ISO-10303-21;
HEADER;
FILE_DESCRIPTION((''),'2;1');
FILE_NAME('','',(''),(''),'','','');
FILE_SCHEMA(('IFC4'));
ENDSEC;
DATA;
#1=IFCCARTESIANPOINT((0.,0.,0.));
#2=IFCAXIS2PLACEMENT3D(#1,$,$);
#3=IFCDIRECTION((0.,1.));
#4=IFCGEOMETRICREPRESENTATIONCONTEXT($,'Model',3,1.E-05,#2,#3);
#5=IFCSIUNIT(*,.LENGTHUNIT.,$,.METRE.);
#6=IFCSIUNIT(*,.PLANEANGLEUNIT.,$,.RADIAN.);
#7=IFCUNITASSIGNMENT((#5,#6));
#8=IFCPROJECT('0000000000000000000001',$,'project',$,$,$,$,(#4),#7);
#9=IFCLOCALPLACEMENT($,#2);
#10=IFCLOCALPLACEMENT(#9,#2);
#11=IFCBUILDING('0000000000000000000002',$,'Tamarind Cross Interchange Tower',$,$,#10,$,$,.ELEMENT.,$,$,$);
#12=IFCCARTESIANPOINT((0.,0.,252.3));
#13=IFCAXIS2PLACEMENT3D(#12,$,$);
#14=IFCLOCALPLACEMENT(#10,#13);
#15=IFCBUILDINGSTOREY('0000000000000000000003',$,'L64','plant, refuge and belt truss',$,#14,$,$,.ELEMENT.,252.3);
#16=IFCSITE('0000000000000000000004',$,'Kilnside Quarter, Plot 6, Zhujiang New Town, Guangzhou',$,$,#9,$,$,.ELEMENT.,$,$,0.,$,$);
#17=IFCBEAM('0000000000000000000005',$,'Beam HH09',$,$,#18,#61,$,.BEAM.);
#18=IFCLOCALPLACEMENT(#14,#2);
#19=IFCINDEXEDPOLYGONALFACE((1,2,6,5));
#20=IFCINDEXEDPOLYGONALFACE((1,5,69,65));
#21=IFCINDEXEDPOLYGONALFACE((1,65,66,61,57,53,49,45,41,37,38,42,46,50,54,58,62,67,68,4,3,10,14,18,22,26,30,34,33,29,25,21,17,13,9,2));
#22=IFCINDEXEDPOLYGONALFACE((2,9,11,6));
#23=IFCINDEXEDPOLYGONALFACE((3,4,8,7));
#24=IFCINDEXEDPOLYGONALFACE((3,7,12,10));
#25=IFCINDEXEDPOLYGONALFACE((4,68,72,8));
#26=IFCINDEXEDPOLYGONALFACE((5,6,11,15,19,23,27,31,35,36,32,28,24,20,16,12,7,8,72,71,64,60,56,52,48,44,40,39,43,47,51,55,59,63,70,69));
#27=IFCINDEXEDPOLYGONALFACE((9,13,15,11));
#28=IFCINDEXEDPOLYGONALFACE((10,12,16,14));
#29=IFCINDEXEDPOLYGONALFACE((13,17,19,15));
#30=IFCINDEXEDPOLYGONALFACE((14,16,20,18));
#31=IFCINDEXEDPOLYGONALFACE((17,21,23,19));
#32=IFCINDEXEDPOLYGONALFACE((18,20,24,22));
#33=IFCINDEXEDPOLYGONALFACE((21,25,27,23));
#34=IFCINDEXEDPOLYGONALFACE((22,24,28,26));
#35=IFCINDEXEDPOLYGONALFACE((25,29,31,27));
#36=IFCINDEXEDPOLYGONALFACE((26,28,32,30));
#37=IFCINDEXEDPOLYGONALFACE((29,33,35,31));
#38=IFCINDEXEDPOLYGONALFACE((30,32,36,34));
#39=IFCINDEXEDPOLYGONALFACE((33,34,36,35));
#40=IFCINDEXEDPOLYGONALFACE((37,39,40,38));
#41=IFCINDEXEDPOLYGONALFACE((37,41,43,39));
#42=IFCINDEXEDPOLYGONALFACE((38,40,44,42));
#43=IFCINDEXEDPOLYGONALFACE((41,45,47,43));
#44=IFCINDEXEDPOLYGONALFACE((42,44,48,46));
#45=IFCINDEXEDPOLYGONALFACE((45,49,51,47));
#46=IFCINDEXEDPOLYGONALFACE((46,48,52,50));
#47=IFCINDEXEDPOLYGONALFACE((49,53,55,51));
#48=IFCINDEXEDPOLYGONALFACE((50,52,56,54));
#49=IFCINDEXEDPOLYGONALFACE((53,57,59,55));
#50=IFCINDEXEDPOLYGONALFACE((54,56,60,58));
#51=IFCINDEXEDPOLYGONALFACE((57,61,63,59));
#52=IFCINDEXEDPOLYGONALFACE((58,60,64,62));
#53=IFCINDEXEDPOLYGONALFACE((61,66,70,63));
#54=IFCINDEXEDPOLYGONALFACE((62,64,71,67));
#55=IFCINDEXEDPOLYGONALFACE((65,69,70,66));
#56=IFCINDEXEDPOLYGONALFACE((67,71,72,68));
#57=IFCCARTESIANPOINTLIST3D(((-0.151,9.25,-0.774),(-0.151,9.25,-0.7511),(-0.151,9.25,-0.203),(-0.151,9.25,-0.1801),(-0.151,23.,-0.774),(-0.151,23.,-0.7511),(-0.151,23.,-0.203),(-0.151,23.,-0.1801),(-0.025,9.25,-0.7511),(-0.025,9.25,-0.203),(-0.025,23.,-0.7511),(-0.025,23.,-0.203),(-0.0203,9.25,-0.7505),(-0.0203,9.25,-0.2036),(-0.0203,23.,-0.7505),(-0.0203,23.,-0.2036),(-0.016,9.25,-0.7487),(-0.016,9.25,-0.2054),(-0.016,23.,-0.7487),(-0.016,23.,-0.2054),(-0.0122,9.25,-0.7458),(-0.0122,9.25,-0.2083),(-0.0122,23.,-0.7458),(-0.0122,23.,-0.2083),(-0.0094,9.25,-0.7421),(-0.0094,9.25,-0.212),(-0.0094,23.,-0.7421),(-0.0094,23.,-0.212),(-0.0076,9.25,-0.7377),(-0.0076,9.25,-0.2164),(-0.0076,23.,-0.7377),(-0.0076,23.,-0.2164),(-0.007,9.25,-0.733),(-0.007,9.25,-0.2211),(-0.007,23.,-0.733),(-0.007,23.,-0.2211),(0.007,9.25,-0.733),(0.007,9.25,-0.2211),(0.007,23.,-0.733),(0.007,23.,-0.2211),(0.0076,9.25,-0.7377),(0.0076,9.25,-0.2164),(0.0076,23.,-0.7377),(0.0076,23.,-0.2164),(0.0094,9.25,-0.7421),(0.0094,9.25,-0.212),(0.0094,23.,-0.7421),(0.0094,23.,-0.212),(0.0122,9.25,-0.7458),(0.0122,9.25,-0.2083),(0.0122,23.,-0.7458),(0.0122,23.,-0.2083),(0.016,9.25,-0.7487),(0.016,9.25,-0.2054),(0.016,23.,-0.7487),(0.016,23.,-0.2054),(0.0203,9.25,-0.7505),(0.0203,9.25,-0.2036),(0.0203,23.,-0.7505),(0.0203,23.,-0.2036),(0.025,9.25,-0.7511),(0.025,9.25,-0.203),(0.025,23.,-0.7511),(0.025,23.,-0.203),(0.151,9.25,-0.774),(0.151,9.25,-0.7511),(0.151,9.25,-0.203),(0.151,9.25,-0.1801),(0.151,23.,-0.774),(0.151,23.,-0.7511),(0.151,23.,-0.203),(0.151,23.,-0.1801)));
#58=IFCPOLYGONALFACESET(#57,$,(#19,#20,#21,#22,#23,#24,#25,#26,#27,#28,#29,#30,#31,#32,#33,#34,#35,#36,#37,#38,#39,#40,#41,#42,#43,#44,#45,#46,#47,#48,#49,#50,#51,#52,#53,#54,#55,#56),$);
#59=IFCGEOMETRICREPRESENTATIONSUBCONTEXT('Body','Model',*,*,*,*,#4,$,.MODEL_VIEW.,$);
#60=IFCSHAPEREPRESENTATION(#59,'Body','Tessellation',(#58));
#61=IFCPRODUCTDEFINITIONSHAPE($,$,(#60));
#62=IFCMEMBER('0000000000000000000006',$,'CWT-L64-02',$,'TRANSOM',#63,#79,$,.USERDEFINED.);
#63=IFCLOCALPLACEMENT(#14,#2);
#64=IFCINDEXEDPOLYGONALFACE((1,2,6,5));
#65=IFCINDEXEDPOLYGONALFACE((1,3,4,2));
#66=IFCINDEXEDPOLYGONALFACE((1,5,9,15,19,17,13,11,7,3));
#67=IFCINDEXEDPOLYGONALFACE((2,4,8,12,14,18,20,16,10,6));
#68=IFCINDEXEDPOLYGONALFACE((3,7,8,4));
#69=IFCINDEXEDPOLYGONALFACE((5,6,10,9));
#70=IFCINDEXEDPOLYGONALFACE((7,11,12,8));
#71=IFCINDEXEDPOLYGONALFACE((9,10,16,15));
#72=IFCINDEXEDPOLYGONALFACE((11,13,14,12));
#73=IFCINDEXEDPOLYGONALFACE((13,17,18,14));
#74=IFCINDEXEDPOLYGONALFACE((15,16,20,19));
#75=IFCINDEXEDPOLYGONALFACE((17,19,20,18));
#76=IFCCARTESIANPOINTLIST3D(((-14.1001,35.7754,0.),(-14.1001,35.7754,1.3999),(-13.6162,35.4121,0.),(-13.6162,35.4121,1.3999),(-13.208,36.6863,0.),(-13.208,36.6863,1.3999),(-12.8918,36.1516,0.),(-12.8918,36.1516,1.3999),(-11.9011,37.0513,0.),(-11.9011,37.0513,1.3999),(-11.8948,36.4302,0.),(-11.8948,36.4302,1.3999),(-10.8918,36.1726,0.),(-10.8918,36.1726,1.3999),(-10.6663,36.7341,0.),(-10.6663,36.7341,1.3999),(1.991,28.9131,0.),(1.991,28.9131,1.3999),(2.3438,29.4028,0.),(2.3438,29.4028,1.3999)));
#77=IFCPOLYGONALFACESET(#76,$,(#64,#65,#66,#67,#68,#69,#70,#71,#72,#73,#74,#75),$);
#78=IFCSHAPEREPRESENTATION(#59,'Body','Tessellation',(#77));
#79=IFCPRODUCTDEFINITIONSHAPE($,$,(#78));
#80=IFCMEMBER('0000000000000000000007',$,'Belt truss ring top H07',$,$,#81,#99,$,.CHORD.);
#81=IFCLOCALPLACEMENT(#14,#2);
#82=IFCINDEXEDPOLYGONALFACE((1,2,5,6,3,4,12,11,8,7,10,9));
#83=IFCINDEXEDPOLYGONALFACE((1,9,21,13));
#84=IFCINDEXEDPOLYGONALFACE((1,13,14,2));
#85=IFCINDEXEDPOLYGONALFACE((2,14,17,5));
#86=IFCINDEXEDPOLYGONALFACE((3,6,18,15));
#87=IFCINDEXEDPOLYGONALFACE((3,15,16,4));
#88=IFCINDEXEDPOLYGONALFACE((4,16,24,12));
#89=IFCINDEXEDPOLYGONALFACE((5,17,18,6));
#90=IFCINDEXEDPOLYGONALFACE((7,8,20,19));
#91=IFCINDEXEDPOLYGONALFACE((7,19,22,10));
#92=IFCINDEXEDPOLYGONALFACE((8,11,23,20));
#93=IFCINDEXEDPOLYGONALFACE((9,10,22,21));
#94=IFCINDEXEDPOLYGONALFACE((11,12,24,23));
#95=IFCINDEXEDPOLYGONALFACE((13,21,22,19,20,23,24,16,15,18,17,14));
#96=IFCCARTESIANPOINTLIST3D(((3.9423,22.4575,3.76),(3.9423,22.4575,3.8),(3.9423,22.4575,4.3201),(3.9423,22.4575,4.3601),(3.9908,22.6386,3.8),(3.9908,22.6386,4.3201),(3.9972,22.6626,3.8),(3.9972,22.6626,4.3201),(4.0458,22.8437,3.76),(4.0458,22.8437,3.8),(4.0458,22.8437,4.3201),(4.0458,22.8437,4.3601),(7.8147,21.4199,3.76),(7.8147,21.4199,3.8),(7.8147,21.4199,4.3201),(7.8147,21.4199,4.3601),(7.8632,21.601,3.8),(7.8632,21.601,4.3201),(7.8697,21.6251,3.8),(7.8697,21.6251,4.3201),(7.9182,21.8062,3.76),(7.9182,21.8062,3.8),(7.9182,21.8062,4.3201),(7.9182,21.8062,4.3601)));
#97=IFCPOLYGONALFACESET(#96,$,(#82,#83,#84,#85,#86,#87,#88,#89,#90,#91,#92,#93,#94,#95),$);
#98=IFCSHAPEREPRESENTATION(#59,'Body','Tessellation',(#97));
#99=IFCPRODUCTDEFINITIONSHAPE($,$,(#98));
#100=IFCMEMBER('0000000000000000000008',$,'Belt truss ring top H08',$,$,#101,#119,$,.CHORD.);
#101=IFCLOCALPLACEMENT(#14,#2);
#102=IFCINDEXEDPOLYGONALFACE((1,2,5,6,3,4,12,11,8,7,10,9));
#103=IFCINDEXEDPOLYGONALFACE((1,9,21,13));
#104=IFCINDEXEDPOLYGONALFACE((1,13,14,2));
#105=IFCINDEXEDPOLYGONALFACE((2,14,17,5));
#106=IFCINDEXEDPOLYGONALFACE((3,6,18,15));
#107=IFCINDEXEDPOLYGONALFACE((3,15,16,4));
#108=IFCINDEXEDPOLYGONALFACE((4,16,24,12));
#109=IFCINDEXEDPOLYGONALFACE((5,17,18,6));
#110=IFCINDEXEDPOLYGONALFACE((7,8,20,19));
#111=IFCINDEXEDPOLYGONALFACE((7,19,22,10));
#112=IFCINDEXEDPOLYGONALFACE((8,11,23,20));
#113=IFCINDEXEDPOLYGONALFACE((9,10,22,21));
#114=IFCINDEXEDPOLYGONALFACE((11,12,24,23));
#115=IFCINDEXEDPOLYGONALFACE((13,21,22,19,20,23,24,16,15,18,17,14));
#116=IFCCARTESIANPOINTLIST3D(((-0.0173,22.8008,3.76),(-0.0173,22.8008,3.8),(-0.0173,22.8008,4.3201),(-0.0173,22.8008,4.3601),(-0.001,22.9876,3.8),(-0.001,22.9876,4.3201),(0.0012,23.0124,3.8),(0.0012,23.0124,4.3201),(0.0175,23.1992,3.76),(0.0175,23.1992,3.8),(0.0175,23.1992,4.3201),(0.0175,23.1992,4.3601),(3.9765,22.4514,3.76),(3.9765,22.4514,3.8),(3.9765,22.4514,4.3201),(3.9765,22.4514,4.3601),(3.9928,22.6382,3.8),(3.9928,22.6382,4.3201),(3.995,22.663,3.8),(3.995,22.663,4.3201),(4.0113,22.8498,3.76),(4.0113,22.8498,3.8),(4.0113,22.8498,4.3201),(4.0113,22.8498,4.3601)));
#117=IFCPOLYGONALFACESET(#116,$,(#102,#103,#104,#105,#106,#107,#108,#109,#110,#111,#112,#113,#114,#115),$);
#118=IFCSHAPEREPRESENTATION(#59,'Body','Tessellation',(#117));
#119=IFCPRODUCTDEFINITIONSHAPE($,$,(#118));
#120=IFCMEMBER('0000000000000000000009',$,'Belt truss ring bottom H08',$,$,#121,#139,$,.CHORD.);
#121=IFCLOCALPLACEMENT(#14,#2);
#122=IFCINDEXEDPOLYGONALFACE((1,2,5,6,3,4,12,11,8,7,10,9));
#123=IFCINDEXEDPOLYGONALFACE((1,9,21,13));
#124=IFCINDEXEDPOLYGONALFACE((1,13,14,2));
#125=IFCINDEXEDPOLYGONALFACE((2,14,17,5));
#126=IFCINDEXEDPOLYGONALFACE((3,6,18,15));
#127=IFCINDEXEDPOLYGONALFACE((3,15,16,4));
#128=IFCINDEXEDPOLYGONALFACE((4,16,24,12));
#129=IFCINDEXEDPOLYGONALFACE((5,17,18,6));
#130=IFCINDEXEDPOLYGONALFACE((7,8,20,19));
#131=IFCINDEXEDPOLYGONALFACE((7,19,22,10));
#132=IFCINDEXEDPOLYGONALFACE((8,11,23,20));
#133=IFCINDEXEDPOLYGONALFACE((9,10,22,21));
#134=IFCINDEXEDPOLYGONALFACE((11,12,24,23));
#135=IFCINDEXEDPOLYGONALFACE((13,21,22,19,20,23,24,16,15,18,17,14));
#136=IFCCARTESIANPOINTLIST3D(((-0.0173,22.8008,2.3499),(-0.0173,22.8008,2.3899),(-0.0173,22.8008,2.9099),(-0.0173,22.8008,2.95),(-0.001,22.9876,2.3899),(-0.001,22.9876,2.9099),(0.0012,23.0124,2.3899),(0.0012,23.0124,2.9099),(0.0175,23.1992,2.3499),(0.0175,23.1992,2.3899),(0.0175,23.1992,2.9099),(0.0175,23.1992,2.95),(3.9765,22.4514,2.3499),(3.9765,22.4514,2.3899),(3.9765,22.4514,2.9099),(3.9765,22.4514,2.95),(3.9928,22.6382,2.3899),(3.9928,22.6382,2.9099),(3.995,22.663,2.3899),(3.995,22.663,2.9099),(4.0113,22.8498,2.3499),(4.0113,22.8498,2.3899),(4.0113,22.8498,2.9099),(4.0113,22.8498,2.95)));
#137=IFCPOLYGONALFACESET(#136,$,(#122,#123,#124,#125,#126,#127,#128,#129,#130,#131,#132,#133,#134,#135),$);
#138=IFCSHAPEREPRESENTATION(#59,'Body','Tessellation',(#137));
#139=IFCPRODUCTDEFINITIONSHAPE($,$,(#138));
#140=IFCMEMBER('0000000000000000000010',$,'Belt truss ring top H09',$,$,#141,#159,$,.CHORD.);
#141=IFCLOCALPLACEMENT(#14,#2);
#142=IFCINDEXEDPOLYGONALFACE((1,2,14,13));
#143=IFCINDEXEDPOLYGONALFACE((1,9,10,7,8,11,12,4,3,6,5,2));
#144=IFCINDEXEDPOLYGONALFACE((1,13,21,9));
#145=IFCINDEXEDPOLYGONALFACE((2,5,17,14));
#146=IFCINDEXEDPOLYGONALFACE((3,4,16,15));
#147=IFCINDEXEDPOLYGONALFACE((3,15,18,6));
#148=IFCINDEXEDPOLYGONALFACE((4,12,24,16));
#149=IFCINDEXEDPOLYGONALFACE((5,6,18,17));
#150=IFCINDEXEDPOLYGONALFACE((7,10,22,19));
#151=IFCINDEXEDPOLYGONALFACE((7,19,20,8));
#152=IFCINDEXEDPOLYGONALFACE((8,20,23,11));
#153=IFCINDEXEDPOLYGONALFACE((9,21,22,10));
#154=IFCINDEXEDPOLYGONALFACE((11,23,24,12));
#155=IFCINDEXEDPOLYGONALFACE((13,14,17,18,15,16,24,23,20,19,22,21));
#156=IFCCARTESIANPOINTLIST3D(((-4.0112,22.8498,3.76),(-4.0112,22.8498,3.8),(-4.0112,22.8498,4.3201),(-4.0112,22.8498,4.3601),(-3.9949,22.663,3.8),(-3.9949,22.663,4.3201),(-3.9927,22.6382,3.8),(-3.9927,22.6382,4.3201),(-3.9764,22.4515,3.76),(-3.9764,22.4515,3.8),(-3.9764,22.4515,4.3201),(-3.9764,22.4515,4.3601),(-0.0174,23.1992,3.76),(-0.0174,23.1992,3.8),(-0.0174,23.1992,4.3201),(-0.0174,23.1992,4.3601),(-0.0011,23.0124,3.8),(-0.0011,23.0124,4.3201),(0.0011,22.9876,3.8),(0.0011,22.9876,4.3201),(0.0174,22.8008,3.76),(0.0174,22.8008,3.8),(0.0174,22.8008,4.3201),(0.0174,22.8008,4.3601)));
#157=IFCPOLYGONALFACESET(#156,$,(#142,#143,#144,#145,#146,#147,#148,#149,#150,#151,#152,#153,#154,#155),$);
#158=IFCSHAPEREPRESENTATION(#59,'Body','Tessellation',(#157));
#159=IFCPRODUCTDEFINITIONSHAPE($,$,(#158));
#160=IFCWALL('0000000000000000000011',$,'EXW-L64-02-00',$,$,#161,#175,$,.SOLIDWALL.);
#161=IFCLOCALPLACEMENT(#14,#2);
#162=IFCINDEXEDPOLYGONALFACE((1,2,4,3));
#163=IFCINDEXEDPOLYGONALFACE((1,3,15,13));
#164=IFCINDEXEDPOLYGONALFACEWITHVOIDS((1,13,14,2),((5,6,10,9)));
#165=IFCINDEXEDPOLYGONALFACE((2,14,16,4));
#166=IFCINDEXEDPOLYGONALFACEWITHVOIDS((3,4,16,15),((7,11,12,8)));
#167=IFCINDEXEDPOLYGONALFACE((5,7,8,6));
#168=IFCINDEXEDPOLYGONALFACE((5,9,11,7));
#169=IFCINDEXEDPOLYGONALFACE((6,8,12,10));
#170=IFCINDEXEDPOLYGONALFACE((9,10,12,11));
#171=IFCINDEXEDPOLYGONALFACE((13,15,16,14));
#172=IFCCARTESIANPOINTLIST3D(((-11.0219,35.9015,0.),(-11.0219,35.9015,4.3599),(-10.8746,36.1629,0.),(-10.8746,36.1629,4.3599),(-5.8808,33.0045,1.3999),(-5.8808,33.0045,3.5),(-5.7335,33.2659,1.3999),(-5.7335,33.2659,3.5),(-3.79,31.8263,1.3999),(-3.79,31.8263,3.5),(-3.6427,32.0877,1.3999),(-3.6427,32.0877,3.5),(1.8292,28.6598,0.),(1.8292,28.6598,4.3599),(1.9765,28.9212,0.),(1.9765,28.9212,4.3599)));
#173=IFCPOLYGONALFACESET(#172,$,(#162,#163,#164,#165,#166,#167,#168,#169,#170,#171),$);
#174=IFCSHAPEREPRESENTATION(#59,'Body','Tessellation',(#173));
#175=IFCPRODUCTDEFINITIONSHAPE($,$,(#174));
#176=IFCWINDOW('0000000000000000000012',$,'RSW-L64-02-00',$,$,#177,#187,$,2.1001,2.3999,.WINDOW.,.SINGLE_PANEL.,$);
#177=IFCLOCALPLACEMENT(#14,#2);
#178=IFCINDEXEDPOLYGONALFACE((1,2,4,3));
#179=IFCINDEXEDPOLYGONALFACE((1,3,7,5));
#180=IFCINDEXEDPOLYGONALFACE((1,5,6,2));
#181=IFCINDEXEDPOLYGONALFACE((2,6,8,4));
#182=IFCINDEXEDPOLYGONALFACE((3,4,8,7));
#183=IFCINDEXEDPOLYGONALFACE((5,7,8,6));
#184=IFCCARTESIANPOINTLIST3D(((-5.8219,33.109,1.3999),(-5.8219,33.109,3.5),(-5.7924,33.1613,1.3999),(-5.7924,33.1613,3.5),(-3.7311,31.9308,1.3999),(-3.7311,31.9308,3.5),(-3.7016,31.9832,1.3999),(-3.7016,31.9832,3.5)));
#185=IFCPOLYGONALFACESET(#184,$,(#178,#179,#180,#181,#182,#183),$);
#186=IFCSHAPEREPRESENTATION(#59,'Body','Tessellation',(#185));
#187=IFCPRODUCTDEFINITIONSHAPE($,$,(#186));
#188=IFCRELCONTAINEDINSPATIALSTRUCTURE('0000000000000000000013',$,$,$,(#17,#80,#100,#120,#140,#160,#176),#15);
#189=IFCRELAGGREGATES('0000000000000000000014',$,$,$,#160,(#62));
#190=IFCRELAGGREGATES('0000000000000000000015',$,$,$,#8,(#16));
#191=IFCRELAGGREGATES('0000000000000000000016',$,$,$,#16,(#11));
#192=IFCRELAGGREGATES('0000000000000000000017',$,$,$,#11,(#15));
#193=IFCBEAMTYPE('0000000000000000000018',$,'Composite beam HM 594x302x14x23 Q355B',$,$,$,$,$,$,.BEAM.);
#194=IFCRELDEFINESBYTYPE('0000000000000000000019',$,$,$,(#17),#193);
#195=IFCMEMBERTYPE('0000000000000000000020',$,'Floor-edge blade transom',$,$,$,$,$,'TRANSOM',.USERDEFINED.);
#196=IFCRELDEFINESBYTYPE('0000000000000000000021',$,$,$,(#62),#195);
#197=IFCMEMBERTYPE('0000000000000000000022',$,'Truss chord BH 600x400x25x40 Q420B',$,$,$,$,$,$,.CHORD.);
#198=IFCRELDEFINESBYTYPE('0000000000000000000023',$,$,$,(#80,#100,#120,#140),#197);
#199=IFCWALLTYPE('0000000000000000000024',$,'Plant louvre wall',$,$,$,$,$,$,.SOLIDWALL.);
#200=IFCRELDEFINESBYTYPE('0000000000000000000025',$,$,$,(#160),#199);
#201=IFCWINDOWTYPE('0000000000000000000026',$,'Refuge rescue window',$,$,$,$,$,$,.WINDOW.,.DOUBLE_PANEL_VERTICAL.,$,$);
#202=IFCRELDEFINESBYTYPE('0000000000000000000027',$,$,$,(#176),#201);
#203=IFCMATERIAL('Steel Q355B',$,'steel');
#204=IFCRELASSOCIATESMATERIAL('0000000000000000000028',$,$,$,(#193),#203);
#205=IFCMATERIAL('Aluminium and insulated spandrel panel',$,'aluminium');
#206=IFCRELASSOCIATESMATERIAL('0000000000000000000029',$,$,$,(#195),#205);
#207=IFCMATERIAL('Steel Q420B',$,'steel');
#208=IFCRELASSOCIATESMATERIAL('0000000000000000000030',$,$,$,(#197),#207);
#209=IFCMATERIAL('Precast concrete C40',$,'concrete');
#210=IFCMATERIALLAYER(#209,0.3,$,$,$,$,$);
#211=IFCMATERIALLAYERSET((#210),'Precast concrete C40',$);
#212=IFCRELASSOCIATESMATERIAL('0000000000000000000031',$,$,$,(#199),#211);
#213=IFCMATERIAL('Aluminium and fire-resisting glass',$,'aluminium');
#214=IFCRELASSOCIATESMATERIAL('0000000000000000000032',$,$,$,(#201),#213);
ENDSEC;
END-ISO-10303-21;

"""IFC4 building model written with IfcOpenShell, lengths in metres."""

from ifc_helpers import new_model, si_unit, direction, frame, frame_2d, origin, origin_2d, place, context, subcontext, project, spatial, polyline, rectangle, i_section, outline, extrude, material, layer, layer_set, material_profile, profile_set, type_object, element, fill, aggregate, save


model = new_model("IFC4")

# Units and contexts
model_context = context("Model", 3, precision=1e-05, world=origin(), true_north=direction((0.0, 1.0)))
body_context = subcontext(model_context, "Body", "Model", "MODEL_VIEW")
ifc_project = project(units=[si_unit("LENGTHUNIT", "METRE"), si_unit("PLANEANGLEUNIT", "RADIAN")], contexts=[model_context])

# Site, building, storey
site_placement = place(None, origin())
site = spatial("IfcSite", under=ifc_project, at=site_placement, Name="Kilnside Quarter, Plot 6, Zhujiang New Town, Guangzhou", CompositionType="ELEMENT", RefElevation=0.0)
building_placement = place(site_placement, origin())
building = spatial("IfcBuilding", under=site, at=building_placement, Name="Tamarind Cross Interchange Tower", CompositionType="ELEMENT")
storey_placement = place(building_placement, frame((0.0, 0.0, 252.3)))
storey = spatial("IfcBuildingStorey", under=building, at=storey_placement, Name="L64", Description="plant, refuge and belt truss", CompositionType="ELEMENT", Elevation=252.3)

# Beam
ifc_material_1 = material(Name="Steel Q355B", Category="steel")
ifc_material_profile_1 = material_profile(ifc_material_1, i_section(OverallWidth=0.302, OverallDepth=0.594, WebThickness=0.0139, FlangeThickness=0.0229, FilletRadius=0.0181, at=origin_2d()), Name="HM 594x302x14x23")
ifc_profile_set_1 = profile_set([ifc_material_profile_1], Name="Steel Q355B")
beam_type = type_object("IfcBeamType", Name="Composite beam HM 594x302x14x23 Q355B", PredefinedType="BEAM", material=ifc_profile_set_1)
beam_1_placement = place(storey_placement, frame((0.0, 23.0, -0.4771), z_axis=(0.0, -1.0, 0.0), x_axis=(1.0, 0.0, 0.0)))
element("IfcBeam", 1, at=beam_1_placement, inside=storey, type_object=beam_type, Name="Beam HH09", PredefinedType="BEAM", context=body_context, shape_type="SweptSolid", body=[
    extrude(i_section(OverallWidth=0.302, OverallDepth=0.594, WebThickness=0.0139, FlangeThickness=0.0229, FilletRadius=0.0181, at=origin_2d()), origin(), (0.0, 0.0, 1.0), 13.75),
])

# Member
ifc_material_2 = material(Name="Aluminium and insulated spandrel panel", Category="aluminium")
member_type_1 = type_object("IfcMemberType", Name="Floor-edge blade transom", ElementType="TRANSOM", PredefinedType="USERDEFINED", material=ifc_material_2)
member_1_placement = place(storey_placement, origin())
member_1 = element("IfcMember", 2, at=member_1_placement, type_object=member_type_1, Name="CWT-L64-02", ObjectType="TRANSOM", PredefinedType="USERDEFINED", context=body_context, shape_type="SweptSolid", body=[
    extrude(outline(polyline([(1.991, 28.9131), (-10.8918, 36.1726), (-11.8948, 36.4302), (-12.8918, 36.1516), (-13.6162, 35.4121), (-14.1001, 35.7754), (-13.208, 36.6863), (-11.9011, 37.0513), (-10.6663, 36.7341), (2.3438, 29.4028), (1.991, 28.9131)])), origin(), (0.0, 0.0, 1.0), 1.3999),
])

# Members
ifc_material_3 = material(Name="Steel Q420B", Category="steel")
ifc_material_profile_2 = material_profile(ifc_material_3, i_section(OverallWidth=0.3999, OverallDepth=0.6001, WebThickness=0.0249, FlangeThickness=0.04, at=origin_2d()), Name="BH 600x400x25x40")
ifc_profile_set_2 = profile_set([ifc_material_profile_2], Name="Steel Q420B")
member_type_2 = type_object("IfcMemberType", Name="Truss chord BH 600x400x25x40 Q420B", PredefinedType="CHORD", material=ifc_profile_set_2)
for number, where, z_axis, x_axis, name in (
    (3, (7.8665, 21.613, 4.0601), (-0.965929, 0.258807, 0.0), (-0.258807, -0.965929, 0.0), "Belt truss ring top H07"),
    (4, (3.9939, 22.6506, 4.0601), (-0.996196, 0.087142, 0.0), (-0.087142, -0.996196, 0.0), "Belt truss ring top H08"),
    (5, (3.9939, 22.6506, 2.6499), (-0.996196, 0.087142, 0.0), (-0.087142, -0.996196, 0.0), "Belt truss ring bottom H08"),
    (6, (0.0, 23.0, 4.0601), (-0.996196, -0.087142, 0.0), (0.087142, -0.996196, 0.0), "Belt truss ring top H09"),
):
    element("IfcMember", number, at=place(storey_placement, frame(where, z_axis=z_axis, x_axis=x_axis)), inside=storey, type_object=member_type_2, Name=name, PredefinedType="CHORD", context=body_context, shape_type="SweptSolid", body=[
        extrude(i_section(OverallWidth=0.3999, OverallDepth=0.6001, WebThickness=0.0249, FlangeThickness=0.04, at=origin_2d()), origin(), (0.0, 0.0, 1.0), 4.009),
    ])

# Shared definitions
ifc_material_4 = material(Name="Precast concrete C40", Category="concrete")
ifc_layer_1 = layer(ifc_material_4, 0.3)
ifc_layer_set_1 = layer_set([ifc_layer_1], Name="Precast concrete C40")
wall_type_1 = type_object("IfcWallType", Name="Plant louvre wall", PredefinedType="SOLIDWALL", material=ifc_layer_set_1)

# Wall, opening, window
wall_1_placement = place(storey_placement, frame((1.9028, 28.7905, 0.0), z_axis=(0.0, 0.0, 1.0), x_axis=(-0.8712, 0.490929, 0.0)))
wall_1 = element("IfcWall", 7, at=wall_1_placement, inside=storey, type_object=wall_type_1, Name="EXW-L64-02-00", PredefinedType="SOLIDWALL", context=body_context, shape_type="SweptSolid", body=[
    extrude(rectangle(XDim=14.751, YDim=0.3, at=frame_2d((7.3755, 0.0))), origin(), (0.0, 0.0, 1.0), 4.3599),
])
opening_1_placement = place(wall_1_placement, frame((6.45, 0.0, 1.3999)))
opening_1 = element("IfcOpeningElement", 8, at=opening_1_placement, cuts=wall_1, PredefinedType="OPENING", context=body_context, shape_type="SweptSolid", body=[
    extrude(rectangle(XDim=2.3999, YDim=2.1001, at=frame_2d((1.2, 1.05))), frame((0.0, 0.1599, 0.0), z_axis=(0.0, -1.0, 0.0), x_axis=(1.0, 0.0, 0.0)), (0.0, 0.0, 1.0), 0.3201),
])
ifc_material_5 = material(Name="Aluminium and fire-resisting glass", Category="aluminium")
window_type = type_object("IfcWindowType", Name="Refuge rescue window", PartitioningType="DOUBLE_PANEL_VERTICAL", PredefinedType="WINDOW", material=ifc_material_5)
window_placement = place(opening_1_placement, origin())
window = element("IfcWindow", 9, at=window_placement, inside=storey, type_object=window_type, Name="RSW-L64-02-00", OverallHeight=2.1001, OverallWidth=2.3999, PartitioningType="SINGLE_PANEL", PredefinedType="WINDOW", context=body_context, shape_type="SweptSolid", body=[
    extrude(rectangle(XDim=2.3999, YDim=2.1001, at=frame_2d((1.2, 1.05))), frame((0.0, 0.03, 0.0), z_axis=(0.0, -1.0, 0.0), x_axis=(1.0, 0.0, 0.0)), (0.0, 0.0, 1.0), 0.0601),
])
fill(opening_1, window)
aggregate(wall_1, [member_1])

save(model, "model.ifc")
